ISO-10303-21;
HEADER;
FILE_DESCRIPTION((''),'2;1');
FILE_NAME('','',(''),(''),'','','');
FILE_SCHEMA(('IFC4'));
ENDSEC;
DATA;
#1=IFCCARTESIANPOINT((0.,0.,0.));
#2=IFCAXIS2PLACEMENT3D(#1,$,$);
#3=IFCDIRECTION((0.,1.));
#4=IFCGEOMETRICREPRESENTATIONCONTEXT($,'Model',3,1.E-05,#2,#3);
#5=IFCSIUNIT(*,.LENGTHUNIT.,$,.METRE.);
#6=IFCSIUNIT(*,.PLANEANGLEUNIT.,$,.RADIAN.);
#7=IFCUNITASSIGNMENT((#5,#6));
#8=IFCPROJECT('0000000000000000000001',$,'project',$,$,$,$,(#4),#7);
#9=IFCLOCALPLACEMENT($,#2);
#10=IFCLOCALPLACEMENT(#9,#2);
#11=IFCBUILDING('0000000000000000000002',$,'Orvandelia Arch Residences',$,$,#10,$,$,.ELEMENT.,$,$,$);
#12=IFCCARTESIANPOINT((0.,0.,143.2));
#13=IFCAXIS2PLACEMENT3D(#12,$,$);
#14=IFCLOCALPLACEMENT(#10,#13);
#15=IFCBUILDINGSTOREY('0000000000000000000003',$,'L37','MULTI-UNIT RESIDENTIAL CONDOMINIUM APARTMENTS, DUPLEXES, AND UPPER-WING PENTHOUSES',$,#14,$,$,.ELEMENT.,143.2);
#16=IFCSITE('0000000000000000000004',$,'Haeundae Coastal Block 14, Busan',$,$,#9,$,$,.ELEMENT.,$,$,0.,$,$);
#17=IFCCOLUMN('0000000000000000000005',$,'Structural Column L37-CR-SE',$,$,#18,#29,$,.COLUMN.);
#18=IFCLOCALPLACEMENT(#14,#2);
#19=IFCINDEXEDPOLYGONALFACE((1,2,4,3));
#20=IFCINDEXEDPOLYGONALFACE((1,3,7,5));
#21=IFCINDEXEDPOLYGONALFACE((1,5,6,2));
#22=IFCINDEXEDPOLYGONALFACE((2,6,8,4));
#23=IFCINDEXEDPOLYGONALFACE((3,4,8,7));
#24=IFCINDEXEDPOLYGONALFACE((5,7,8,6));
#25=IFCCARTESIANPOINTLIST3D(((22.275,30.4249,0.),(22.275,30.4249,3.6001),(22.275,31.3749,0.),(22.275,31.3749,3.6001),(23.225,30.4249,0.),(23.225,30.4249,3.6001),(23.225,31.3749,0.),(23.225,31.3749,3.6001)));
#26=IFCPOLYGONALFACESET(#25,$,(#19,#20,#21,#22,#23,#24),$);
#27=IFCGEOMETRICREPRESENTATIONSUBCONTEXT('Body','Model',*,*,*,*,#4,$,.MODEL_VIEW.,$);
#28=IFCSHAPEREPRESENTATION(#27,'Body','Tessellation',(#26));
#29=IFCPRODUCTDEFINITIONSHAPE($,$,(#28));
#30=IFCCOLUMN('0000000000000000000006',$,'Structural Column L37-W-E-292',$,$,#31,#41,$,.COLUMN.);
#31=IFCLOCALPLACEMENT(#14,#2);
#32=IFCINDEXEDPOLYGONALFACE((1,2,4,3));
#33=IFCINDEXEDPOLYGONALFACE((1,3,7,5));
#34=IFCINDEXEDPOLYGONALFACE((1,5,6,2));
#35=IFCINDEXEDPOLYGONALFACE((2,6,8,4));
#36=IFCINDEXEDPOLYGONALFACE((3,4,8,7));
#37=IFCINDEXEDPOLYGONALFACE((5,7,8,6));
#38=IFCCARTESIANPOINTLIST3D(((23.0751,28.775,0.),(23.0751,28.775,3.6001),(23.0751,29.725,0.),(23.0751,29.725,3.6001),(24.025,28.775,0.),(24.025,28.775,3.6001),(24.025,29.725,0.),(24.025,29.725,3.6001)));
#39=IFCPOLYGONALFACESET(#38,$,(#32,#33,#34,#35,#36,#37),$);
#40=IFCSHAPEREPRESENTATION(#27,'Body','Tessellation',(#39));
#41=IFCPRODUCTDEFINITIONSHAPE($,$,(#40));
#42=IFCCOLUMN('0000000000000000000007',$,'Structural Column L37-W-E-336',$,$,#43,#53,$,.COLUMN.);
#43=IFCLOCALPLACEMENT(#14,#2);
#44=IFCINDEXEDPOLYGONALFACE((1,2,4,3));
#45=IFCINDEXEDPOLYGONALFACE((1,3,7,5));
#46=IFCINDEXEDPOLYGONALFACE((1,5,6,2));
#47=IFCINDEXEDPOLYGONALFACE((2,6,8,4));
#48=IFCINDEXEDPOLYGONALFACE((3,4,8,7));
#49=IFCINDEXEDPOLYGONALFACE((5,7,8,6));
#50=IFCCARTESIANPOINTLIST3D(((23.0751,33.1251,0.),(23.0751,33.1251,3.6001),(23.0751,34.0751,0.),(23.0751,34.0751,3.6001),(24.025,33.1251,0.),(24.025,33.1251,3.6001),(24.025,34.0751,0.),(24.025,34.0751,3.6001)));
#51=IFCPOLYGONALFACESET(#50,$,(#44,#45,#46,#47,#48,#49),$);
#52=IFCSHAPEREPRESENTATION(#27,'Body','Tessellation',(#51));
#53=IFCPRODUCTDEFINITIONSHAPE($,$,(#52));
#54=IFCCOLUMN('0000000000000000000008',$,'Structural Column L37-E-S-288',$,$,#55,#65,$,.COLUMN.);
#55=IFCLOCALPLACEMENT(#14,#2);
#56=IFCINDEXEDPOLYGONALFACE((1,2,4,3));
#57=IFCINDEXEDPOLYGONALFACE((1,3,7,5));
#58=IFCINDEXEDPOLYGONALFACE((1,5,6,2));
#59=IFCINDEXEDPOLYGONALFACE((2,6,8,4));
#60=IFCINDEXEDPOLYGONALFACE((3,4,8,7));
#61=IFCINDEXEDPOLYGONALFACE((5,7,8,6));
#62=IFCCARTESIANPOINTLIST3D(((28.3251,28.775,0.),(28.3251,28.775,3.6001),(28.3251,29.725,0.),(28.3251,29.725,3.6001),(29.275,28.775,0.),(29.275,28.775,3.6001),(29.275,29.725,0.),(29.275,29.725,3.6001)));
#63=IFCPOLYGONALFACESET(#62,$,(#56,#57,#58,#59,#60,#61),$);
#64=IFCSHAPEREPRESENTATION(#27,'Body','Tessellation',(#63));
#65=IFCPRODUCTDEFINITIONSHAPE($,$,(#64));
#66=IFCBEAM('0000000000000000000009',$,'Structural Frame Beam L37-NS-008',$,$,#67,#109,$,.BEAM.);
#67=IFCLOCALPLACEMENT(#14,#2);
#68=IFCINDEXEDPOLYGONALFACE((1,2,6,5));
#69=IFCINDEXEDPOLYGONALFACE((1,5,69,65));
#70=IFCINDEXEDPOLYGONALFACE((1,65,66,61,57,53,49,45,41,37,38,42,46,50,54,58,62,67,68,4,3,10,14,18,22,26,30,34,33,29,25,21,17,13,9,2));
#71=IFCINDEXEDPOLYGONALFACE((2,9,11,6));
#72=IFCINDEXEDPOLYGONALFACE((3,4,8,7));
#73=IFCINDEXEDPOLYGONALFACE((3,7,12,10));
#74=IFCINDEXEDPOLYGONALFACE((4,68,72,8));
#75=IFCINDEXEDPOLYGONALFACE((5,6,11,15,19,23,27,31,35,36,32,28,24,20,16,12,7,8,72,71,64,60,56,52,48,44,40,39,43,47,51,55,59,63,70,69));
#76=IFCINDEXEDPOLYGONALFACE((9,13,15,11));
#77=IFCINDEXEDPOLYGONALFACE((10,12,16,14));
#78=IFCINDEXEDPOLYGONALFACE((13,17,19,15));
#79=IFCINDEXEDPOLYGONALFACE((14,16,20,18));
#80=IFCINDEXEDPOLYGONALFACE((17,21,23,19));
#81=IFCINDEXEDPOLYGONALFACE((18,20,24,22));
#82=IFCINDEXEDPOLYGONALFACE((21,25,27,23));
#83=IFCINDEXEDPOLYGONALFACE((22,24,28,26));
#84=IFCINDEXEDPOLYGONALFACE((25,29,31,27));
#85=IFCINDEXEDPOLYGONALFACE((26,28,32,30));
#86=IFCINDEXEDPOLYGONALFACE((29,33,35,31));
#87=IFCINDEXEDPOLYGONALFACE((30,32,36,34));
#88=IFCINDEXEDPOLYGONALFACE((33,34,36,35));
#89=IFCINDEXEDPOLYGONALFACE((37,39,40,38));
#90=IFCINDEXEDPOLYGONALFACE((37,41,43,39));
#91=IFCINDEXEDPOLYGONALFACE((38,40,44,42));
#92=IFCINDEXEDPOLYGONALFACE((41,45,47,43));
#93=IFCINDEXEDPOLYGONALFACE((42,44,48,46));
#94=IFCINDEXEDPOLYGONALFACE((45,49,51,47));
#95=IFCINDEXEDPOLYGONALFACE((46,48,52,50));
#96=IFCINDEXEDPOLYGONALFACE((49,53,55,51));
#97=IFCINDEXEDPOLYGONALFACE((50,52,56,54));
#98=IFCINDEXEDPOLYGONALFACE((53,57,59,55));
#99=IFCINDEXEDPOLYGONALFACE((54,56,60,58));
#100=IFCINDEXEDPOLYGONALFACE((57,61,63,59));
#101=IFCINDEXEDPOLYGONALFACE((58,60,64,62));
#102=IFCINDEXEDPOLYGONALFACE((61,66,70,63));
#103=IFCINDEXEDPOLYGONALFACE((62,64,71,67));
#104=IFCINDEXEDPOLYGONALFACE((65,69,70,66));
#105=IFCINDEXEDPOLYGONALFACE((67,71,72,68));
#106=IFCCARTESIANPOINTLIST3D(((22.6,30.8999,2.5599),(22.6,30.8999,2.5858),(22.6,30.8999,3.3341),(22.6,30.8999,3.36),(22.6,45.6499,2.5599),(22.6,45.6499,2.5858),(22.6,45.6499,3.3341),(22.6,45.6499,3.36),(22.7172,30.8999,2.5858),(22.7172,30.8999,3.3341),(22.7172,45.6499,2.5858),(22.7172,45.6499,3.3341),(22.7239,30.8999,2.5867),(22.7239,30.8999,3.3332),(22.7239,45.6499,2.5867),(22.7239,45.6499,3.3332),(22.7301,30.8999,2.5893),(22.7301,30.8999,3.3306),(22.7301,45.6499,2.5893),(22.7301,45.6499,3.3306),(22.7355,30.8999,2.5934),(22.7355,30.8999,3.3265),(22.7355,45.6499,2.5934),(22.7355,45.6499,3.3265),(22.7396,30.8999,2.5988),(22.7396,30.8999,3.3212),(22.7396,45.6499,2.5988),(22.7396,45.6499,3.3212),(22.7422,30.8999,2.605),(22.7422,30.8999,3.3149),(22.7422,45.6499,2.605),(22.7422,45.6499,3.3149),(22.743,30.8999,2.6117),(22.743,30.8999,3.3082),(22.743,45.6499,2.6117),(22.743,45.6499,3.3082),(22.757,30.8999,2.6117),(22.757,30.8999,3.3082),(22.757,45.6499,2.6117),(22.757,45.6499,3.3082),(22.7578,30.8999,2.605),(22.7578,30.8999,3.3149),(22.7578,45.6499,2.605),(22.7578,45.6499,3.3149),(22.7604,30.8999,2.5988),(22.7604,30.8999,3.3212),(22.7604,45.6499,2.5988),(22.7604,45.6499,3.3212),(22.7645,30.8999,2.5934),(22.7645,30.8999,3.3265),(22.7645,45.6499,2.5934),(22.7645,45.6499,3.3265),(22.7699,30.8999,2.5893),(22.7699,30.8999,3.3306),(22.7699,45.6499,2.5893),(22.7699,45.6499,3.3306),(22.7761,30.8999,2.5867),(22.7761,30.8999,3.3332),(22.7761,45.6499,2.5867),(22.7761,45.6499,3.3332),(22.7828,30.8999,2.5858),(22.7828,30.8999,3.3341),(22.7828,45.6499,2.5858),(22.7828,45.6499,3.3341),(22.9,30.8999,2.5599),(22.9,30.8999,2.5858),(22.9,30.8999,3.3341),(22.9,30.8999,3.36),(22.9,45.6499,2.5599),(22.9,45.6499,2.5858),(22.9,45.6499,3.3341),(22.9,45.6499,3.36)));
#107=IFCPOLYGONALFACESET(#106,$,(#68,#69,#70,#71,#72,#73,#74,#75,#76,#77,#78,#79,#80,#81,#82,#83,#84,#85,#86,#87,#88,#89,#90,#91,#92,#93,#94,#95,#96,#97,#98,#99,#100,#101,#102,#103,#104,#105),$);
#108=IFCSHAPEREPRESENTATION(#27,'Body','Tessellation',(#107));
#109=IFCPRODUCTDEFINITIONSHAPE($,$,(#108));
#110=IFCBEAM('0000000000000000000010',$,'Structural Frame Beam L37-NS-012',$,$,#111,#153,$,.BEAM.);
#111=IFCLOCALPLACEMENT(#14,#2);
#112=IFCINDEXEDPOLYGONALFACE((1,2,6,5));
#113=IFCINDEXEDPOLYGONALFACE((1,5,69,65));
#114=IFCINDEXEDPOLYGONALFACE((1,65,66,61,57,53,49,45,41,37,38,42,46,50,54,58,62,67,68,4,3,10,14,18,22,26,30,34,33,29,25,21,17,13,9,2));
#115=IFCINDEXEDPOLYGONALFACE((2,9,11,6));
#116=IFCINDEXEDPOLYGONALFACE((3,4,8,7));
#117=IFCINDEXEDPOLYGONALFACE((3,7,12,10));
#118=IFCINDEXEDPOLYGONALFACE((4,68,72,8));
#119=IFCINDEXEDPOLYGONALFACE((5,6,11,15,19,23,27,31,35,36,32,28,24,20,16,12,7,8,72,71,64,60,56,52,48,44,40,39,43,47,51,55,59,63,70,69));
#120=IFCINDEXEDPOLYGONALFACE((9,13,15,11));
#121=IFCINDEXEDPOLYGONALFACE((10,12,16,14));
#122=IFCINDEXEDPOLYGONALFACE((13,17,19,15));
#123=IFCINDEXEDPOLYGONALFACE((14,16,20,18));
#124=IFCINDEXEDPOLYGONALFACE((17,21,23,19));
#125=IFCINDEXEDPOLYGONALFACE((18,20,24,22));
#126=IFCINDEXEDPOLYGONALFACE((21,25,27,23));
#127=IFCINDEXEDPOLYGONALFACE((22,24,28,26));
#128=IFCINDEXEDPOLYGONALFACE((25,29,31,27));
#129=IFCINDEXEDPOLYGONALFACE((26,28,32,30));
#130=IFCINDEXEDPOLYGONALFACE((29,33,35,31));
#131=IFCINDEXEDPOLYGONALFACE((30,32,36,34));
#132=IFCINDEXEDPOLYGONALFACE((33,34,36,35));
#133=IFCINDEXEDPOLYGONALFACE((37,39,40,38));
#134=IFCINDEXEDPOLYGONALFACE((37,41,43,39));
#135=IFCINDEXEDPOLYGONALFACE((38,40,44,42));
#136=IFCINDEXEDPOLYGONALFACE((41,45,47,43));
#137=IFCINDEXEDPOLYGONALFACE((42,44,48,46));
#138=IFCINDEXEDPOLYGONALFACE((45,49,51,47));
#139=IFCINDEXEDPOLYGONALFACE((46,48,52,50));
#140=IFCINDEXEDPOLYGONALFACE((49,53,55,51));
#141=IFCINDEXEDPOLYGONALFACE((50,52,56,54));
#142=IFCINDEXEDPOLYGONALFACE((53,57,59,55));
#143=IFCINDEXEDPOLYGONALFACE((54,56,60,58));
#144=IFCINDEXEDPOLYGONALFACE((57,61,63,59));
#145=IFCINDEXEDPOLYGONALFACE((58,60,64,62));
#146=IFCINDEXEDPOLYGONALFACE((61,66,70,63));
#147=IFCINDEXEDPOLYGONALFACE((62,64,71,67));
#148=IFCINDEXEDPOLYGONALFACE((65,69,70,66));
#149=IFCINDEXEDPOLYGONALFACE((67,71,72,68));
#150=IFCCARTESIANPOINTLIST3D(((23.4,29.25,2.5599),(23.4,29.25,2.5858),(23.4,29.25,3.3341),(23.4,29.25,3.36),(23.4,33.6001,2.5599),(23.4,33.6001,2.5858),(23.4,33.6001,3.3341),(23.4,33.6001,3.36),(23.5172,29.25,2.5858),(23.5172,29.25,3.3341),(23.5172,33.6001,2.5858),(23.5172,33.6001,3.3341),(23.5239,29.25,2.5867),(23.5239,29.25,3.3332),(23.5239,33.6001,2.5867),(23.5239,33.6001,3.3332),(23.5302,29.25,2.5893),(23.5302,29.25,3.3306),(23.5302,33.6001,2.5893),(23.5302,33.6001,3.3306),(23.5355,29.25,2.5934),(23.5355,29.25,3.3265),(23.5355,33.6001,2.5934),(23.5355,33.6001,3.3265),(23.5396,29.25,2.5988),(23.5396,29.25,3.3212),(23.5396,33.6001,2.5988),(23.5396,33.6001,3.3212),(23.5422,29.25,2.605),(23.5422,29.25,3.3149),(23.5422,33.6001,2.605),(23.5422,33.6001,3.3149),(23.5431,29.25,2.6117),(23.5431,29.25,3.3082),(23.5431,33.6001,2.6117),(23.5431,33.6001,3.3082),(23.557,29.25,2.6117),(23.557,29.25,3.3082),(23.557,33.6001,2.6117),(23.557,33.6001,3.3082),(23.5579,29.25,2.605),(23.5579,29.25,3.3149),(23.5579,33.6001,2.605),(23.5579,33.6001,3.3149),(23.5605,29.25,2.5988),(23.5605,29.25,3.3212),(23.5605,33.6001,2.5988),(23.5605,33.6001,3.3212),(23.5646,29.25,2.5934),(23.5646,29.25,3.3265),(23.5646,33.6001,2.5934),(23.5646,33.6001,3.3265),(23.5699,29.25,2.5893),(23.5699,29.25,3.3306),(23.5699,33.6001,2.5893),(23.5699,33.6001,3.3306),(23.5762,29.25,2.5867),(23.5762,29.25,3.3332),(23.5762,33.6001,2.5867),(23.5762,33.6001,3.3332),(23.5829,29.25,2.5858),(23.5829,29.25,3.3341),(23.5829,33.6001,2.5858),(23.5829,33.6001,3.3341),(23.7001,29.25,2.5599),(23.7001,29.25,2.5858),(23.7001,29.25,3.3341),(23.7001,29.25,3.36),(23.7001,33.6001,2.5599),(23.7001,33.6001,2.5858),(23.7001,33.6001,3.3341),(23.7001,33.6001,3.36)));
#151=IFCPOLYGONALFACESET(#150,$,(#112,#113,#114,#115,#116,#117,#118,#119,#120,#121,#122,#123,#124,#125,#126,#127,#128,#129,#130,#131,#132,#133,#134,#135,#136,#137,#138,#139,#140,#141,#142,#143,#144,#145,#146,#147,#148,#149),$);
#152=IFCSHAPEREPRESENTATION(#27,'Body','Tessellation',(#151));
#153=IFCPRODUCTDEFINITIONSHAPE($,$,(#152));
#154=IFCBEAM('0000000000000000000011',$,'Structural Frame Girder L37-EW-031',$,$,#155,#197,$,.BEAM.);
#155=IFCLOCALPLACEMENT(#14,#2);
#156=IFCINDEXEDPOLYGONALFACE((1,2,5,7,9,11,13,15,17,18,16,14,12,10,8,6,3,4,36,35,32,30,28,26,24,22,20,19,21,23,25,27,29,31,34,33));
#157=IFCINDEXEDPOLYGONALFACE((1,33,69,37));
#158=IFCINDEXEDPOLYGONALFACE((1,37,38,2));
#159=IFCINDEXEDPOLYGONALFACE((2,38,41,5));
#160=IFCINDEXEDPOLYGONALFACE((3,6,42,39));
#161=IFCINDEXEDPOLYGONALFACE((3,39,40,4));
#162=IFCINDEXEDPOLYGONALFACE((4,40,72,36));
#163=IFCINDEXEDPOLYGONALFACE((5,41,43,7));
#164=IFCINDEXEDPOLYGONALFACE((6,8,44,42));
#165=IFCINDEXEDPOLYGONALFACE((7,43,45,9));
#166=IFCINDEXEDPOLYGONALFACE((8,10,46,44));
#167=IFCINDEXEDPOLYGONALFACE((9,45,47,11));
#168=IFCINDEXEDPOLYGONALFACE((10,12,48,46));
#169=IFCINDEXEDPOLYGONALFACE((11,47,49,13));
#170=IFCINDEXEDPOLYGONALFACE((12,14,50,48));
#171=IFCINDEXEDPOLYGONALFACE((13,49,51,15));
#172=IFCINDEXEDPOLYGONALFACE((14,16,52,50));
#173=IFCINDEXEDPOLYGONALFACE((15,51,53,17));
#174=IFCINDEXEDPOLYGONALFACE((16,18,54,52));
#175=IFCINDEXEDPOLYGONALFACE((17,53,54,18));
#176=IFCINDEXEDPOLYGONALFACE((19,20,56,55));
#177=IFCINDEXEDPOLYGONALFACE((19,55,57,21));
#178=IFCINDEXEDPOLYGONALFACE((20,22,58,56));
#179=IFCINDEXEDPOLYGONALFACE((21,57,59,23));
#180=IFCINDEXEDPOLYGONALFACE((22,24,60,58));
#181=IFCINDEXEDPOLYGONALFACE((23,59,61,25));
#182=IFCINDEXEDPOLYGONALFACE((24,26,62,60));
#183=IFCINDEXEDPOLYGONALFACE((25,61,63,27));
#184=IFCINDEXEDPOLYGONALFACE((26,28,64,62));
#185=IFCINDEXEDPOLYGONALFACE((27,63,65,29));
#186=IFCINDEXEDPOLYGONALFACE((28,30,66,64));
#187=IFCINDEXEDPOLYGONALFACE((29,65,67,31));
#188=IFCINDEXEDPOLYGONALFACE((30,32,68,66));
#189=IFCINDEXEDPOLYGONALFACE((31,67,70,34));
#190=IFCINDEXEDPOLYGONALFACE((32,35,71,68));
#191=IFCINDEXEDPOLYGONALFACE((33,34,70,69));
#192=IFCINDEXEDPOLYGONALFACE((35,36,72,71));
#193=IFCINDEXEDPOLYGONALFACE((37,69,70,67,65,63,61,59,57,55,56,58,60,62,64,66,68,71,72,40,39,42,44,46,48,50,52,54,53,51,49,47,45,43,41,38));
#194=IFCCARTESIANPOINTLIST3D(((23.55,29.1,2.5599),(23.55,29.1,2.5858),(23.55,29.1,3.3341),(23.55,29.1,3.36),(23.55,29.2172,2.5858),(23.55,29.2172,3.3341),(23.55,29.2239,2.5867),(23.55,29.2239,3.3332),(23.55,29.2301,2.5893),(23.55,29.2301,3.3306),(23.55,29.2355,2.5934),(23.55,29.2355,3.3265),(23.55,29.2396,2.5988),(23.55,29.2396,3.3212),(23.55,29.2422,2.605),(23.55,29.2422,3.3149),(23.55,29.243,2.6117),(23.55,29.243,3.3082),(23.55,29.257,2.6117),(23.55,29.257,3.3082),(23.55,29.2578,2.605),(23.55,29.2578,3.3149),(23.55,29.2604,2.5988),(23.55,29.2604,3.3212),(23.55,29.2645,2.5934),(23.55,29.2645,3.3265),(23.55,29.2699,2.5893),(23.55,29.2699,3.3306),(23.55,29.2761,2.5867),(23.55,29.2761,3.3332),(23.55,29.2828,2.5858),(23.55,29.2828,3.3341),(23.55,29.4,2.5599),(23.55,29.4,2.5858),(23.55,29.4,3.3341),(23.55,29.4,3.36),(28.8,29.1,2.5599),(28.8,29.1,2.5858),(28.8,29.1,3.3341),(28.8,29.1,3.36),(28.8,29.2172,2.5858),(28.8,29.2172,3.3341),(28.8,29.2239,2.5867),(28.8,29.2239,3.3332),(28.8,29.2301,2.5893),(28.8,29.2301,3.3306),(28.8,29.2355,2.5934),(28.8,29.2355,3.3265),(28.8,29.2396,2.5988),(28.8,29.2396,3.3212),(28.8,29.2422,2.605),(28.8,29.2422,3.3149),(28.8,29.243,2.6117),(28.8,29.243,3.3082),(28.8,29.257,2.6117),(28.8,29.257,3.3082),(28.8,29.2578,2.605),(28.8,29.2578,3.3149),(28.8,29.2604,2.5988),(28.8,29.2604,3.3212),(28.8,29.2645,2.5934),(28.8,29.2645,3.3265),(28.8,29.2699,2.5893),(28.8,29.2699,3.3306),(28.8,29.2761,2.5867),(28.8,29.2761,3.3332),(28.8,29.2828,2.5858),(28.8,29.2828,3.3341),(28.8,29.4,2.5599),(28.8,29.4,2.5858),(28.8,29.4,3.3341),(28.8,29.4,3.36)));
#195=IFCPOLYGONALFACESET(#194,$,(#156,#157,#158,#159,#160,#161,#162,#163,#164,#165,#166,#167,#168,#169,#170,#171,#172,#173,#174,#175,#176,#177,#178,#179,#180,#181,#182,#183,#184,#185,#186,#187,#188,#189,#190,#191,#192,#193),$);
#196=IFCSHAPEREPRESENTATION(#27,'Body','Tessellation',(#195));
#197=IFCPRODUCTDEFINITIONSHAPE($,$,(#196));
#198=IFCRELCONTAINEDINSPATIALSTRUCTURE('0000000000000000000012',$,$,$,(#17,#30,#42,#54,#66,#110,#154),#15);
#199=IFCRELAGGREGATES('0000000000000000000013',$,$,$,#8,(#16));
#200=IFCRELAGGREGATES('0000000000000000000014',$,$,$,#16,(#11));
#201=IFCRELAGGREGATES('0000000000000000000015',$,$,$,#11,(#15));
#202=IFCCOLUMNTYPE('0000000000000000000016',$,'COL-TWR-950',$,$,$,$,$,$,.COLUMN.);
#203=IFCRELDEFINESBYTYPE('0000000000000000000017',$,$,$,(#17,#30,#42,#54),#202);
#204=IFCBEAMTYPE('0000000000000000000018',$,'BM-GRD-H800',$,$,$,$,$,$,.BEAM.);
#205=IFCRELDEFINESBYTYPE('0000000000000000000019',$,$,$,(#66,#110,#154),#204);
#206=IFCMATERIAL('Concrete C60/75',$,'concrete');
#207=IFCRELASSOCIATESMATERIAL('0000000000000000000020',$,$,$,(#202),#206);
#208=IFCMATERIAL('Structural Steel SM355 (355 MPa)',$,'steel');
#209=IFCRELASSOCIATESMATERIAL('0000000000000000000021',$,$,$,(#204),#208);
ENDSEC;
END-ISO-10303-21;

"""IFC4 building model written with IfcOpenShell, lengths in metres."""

from ifc_helpers import new_model, si_unit, direction, frame, origin, origin_2d, place, context, subcontext, project, spatial, rectangle, i_section, extrude, material, material_profile, profile_set, type_object, element, save


model = new_model("IFC4")

# Units and contexts
model_context = context("Model", 3, precision=1e-05, world=origin(), true_north=direction((0.0, 1.0)))
body_context = subcontext(model_context, "Body", "Model", "MODEL_VIEW")
ifc_project = project(units=[si_unit("LENGTHUNIT", "METRE"), si_unit("PLANEANGLEUNIT", "RADIAN")], contexts=[model_context])

# Site, building, storey
site_placement = place(None, origin())
site = spatial("IfcSite", under=ifc_project, at=site_placement, Name="Haeundae Coastal Block 14, Busan", CompositionType="ELEMENT", RefElevation=0.0)
building_placement = place(site_placement, origin())
building = spatial("IfcBuilding", under=site, at=building_placement, Name="Orvandelia Arch Residences", CompositionType="ELEMENT")
storey_placement = place(building_placement, frame((0.0, 0.0, 143.2)))
storey = spatial("IfcBuildingStorey", under=building, at=storey_placement, Name="L37", Description="MULTI-UNIT RESIDENTIAL CONDOMINIUM APARTMENTS, DUPLEXES, AND UPPER-WING PENTHOUSES", CompositionType="ELEMENT", Elevation=143.2)

# Columns
ifc_material_1 = material(Name="Concrete C60/75", Category="concrete")
ifc_material_profile_1 = material_profile(ifc_material_1, rectangle(XDim=0.95, YDim=0.95, at=origin_2d()), Name="Concrete C60/75", Category="concrete")
ifc_profile_set_1 = profile_set([ifc_material_profile_1], Name="Concrete C60/75")
column_type = type_object("IfcColumnType", Name="COL-TWR-950", PredefinedType="COLUMN", material=ifc_profile_set_1)
for number, where, z_axis, x_axis, name in (
    (1, (22.75, 30.8999, 0.0), (0.0, 0.0, 1.0), (1.0, 0.0, 0.0), "Structural Column L37-CR-SE"),
    (2, (23.55, 29.25, 0.0), (0.0, 0.0, 1.0), (1.0, 0.0, 0.0), "Structural Column L37-W-E-292"),
    (3, (23.55, 33.6001, 0.0), (0.0, 0.0, 1.0), (1.0, 0.0, 0.0), "Structural Column L37-W-E-336"),
    (4, (28.8, 29.25, 0.0), (0.0, 0.0, 1.0), (1.0, 0.0, 0.0), "Structural Column L37-E-S-288"),
):
    element("IfcColumn", number, at=place(storey_placement, frame(where, z_axis=z_axis, x_axis=x_axis)), inside=storey, type_object=column_type, Name=name, PredefinedType="COLUMN", context=body_context, shape_type="SweptSolid", body=[
        extrude(rectangle(XDim=0.95, YDim=0.95, at=origin_2d()), origin(), (0.0, 0.0, 1.0), 3.6001),
    ])

# Beams
ifc_material_2 = material(Name="Structural Steel SM355 (355 MPa)", Category="steel")
ifc_material_profile_2 = material_profile(ifc_material_2, i_section(OverallWidth=0.3, OverallDepth=0.8, WebThickness=0.0139, FlangeThickness=0.0259, FilletRadius=0.0259, at=origin_2d()), Name="Structural Steel SM355 (355 MPa)", Category="steel")
ifc_profile_set_2 = profile_set([ifc_material_profile_2], Name="Structural Steel SM355 (355 MPa)")
beam_type = type_object("IfcBeamType", Name="BM-GRD-H800", PredefinedType="BEAM", material=ifc_profile_set_2)
beam_1_placement = place(storey_placement, frame((22.75, 30.8999, 2.96), z_axis=(0.0, 1.0, 0.0), x_axis=(-1.0, 0.0, 0.0)))
element("IfcBeam", 5, at=beam_1_placement, inside=storey, type_object=beam_type, Name="Structural Frame Beam L37-NS-008", PredefinedType="BEAM", context=body_context, shape_type="SweptSolid", body=[
    extrude(i_section(OverallWidth=0.3, OverallDepth=0.8, WebThickness=0.0139, FlangeThickness=0.0259, FilletRadius=0.0259, at=origin_2d()), origin(), (0.0, 0.0, 1.0), 14.75),
])
beam_2_placement = place(storey_placement, frame((23.55, 29.25, 2.96), z_axis=(0.0, 1.0, 0.0), x_axis=(-1.0, 0.0, 0.0)))
element("IfcBeam", 6, at=beam_2_placement, inside=storey, type_object=beam_type, Name="Structural Frame Beam L37-NS-012", PredefinedType="BEAM", context=body_context, shape_type="SweptSolid", body=[
    extrude(i_section(OverallWidth=0.3, OverallDepth=0.8, WebThickness=0.0139, FlangeThickness=0.0259, FilletRadius=0.0259, at=origin_2d()), origin(), (0.0, 0.0, 1.0), 4.3501),
])
beam_3_placement = place(storey_placement, frame((23.55, 29.25, 2.96), z_axis=(1.0, 0.0, 0.0), x_axis=(0.0, 1.0, 0.0)))
element("IfcBeam", 7, at=beam_3_placement, inside=storey, type_object=beam_type, Name="Structural Frame Girder L37-EW-031", PredefinedType="BEAM", context=body_context, shape_type="SweptSolid", body=[
    extrude(i_section(OverallWidth=0.3, OverallDepth=0.8, WebThickness=0.0139, FlangeThickness=0.0259, FilletRadius=0.0259, at=origin_2d()), origin(), (0.0, 0.0, 1.0), 5.25),
])

save(model, "model.ifc")
